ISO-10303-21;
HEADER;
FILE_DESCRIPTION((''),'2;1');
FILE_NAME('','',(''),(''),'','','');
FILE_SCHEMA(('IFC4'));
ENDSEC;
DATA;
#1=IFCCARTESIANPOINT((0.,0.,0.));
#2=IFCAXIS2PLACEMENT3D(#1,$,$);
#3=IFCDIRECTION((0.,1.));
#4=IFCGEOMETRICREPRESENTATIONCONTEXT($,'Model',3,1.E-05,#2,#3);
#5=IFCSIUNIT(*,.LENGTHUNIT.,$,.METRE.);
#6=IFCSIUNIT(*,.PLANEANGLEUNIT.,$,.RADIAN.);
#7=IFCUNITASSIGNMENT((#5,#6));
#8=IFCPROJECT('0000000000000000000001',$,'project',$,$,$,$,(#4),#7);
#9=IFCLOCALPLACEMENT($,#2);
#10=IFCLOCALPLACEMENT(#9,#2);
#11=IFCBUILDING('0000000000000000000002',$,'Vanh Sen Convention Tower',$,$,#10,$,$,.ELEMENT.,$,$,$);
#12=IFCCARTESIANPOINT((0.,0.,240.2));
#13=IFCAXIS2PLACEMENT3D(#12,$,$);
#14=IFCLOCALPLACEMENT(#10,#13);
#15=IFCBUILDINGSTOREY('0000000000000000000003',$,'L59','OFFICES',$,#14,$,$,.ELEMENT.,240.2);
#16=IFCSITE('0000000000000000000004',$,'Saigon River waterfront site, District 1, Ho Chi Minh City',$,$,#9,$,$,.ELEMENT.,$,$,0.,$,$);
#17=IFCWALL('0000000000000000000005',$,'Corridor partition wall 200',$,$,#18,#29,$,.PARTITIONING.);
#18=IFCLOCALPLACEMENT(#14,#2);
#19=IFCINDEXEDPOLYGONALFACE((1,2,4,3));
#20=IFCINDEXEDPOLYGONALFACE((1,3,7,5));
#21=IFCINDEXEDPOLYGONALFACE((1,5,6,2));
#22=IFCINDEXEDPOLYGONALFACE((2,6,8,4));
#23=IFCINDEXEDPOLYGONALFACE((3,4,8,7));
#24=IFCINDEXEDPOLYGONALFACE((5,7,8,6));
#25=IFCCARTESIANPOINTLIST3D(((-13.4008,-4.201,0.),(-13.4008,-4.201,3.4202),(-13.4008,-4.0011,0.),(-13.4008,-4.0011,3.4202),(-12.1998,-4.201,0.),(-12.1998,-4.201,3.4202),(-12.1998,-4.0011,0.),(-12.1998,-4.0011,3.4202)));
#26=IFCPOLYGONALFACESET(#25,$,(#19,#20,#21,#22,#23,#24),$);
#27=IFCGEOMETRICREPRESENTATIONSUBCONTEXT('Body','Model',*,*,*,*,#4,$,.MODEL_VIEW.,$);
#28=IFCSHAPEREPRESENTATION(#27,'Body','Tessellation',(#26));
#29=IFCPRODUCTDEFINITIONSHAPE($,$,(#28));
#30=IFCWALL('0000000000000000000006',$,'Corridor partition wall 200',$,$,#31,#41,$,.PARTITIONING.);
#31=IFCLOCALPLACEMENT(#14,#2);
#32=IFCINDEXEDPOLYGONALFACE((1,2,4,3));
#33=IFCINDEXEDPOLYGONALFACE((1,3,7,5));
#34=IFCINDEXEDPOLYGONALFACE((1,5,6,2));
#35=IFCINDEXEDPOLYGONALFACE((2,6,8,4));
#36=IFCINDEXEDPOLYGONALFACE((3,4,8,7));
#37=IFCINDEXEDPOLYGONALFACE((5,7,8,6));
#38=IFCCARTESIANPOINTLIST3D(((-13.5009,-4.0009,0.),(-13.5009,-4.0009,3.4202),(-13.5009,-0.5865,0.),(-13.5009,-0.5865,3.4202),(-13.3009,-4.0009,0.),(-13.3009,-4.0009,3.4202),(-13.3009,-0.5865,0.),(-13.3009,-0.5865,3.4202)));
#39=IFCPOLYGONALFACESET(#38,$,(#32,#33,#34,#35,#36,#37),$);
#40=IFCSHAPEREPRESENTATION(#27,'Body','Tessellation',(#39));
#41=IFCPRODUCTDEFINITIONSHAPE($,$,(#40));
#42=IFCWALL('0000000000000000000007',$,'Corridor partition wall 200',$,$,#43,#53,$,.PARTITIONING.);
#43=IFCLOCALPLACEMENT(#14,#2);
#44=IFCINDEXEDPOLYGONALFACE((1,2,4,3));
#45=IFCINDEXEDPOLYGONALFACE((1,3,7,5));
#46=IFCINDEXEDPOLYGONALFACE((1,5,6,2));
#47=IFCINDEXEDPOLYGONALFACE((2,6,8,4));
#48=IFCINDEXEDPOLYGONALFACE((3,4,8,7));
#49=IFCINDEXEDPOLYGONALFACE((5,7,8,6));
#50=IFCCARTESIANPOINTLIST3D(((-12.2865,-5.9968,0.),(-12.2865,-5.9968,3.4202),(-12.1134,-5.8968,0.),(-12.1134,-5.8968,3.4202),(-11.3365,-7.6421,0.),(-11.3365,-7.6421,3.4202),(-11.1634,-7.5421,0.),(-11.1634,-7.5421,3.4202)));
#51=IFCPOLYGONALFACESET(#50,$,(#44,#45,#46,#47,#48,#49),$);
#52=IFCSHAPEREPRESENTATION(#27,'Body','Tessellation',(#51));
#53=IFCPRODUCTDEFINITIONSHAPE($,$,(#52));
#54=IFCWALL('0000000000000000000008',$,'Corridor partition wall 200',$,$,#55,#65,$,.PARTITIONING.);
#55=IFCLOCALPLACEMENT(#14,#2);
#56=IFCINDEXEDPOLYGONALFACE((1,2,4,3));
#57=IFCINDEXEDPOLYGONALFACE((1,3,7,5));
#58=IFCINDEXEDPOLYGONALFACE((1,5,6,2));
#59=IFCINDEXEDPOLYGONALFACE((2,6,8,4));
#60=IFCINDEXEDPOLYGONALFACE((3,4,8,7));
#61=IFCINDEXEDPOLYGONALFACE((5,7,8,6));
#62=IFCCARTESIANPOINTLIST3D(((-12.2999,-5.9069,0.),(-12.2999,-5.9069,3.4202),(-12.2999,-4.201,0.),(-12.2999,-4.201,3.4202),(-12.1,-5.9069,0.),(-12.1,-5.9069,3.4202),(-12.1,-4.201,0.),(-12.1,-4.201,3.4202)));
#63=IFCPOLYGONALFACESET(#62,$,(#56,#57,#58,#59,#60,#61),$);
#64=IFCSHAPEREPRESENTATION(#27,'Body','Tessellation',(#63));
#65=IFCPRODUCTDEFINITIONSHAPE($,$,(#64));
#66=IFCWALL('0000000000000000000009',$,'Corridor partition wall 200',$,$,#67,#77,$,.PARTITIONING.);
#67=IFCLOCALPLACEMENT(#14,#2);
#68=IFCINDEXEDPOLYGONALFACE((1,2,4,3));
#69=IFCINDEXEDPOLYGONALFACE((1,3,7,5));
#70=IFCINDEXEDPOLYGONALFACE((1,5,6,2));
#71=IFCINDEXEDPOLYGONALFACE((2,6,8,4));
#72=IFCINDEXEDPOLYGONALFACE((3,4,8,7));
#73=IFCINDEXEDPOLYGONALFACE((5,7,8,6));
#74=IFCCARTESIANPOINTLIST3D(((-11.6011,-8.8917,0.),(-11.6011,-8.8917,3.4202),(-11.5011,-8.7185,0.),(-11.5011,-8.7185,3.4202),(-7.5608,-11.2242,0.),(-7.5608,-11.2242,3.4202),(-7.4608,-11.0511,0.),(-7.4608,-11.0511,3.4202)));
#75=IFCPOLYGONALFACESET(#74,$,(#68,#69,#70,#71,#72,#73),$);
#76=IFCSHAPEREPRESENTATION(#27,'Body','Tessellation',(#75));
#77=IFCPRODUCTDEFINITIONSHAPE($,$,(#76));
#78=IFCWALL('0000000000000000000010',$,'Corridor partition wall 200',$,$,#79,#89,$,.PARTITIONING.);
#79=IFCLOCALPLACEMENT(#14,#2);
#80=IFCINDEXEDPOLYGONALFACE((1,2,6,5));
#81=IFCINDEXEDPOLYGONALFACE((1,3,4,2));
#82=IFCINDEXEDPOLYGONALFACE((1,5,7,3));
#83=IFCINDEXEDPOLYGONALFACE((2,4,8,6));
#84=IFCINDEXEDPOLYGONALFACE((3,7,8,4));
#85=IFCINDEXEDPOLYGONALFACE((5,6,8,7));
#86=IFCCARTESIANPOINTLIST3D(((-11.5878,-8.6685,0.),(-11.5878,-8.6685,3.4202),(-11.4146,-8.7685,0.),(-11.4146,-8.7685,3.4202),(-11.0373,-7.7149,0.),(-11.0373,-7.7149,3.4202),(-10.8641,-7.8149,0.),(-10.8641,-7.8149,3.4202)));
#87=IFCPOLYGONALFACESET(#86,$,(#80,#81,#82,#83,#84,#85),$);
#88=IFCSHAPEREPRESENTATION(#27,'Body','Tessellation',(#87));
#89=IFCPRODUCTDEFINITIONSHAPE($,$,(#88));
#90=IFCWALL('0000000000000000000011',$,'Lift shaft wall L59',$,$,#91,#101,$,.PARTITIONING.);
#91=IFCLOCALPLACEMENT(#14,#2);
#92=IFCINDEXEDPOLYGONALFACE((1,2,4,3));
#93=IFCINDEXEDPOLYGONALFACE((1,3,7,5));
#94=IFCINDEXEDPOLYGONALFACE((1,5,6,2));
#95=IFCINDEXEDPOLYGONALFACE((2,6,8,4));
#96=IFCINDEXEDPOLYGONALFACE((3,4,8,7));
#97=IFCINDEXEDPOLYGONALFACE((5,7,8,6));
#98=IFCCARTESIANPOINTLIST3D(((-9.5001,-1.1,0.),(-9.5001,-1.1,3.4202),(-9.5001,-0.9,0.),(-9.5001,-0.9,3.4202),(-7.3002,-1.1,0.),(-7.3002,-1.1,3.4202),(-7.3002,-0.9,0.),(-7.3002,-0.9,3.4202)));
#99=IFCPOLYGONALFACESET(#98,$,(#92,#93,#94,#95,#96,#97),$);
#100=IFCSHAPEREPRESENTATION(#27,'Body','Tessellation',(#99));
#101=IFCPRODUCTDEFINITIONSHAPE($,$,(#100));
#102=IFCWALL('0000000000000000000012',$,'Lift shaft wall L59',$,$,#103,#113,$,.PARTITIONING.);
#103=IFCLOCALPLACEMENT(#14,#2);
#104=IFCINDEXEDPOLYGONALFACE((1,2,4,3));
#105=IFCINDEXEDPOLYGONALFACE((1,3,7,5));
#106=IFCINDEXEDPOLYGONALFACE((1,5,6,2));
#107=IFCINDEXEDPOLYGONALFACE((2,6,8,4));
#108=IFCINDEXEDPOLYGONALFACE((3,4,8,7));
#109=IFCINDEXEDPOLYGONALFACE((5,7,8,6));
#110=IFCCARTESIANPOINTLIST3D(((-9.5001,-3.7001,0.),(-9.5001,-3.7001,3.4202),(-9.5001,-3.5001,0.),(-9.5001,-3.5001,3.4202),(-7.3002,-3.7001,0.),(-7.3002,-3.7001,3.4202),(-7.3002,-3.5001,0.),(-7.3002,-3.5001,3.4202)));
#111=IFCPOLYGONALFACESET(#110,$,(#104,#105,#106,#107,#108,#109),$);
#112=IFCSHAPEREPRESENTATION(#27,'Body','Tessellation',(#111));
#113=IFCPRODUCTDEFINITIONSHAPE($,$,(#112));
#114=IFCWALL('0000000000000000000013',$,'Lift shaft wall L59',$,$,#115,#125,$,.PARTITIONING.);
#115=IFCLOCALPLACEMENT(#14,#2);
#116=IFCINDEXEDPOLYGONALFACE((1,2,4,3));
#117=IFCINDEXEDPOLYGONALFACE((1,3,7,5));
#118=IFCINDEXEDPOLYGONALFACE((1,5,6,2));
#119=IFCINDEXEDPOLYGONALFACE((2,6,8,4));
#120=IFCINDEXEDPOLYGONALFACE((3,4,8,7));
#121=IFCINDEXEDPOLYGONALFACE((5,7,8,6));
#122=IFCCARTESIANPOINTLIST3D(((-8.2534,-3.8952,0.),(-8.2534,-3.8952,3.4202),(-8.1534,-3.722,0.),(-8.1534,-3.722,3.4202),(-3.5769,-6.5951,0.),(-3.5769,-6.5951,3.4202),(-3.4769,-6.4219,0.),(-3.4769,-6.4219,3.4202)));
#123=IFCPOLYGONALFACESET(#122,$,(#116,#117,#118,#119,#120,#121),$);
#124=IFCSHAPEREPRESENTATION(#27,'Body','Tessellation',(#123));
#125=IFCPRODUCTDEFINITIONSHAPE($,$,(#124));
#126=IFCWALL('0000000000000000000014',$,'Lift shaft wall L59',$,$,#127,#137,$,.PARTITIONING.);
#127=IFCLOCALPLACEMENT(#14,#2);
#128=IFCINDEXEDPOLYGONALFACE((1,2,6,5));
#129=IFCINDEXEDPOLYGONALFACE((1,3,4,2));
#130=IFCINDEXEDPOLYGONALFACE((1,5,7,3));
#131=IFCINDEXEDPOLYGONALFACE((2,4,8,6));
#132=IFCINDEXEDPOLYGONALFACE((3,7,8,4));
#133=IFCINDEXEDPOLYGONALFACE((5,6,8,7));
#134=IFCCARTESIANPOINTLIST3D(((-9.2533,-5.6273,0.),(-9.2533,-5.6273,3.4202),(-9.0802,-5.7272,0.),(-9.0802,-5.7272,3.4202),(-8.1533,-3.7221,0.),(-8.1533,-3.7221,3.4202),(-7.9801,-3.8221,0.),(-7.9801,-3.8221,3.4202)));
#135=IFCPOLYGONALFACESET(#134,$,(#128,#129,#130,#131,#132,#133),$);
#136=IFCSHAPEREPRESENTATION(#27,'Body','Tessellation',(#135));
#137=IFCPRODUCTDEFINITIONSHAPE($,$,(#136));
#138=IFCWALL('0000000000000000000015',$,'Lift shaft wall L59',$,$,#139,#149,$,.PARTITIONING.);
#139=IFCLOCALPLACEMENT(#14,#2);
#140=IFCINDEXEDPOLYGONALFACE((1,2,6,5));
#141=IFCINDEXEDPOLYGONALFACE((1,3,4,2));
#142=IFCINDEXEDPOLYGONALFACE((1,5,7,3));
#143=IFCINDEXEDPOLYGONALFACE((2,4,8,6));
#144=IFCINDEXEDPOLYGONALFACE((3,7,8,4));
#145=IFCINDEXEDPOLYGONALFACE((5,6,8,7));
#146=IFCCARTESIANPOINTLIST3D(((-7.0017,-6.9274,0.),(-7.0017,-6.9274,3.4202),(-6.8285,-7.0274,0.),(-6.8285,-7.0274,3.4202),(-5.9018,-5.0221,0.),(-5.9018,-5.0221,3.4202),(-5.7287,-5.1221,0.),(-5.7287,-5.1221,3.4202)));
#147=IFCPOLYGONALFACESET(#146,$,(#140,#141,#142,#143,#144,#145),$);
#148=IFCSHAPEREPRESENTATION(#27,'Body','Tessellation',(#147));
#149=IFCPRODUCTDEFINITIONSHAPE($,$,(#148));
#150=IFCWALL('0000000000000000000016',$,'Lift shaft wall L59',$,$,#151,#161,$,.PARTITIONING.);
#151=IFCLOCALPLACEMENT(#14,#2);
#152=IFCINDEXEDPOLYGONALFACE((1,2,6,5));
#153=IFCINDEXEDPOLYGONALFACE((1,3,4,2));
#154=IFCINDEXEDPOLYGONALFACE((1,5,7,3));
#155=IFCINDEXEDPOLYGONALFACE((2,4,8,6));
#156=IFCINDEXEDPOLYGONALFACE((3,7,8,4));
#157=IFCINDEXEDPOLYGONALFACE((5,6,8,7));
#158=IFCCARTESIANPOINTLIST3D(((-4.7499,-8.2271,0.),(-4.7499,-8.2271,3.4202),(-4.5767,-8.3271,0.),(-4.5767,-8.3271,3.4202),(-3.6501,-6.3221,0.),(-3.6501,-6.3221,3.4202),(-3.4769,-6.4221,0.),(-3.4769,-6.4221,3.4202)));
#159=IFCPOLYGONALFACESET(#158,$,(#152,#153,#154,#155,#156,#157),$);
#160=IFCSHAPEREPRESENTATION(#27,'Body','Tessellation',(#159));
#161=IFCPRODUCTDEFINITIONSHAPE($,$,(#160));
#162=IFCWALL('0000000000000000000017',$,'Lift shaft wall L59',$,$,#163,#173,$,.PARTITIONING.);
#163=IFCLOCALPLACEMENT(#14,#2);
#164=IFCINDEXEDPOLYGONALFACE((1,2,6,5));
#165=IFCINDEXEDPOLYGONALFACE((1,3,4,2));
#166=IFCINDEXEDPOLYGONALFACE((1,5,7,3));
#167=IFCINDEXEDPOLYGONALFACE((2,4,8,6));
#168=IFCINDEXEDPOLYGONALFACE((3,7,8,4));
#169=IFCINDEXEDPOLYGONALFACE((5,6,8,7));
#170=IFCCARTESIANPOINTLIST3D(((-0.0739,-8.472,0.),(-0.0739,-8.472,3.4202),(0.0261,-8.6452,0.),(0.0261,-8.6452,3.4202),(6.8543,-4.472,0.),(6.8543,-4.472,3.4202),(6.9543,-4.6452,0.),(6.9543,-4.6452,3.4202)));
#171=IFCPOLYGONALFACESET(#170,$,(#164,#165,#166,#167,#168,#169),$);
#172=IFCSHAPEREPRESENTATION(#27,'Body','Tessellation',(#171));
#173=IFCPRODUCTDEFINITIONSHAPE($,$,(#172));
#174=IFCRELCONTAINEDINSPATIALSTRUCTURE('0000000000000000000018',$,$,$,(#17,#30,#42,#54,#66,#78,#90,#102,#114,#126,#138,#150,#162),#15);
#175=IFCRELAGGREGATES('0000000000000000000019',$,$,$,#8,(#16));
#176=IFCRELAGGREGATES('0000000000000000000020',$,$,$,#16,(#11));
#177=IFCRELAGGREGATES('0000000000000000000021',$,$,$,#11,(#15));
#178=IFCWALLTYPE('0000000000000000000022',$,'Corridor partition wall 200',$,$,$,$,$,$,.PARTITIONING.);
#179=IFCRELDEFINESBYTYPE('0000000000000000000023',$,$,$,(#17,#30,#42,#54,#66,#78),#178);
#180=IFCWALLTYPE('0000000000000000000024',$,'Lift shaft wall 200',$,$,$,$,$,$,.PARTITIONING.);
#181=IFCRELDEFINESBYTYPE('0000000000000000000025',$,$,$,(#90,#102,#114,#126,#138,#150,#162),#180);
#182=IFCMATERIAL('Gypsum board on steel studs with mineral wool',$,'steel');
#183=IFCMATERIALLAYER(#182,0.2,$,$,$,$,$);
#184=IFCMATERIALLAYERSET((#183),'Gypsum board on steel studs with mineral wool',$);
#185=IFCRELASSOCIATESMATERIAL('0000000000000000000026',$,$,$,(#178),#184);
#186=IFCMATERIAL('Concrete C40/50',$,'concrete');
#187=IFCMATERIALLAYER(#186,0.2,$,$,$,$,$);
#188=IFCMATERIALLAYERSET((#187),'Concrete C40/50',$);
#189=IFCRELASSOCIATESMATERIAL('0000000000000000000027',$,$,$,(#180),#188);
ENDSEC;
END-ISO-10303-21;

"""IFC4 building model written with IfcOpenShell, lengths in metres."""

from ifc_helpers import new_model, si_unit, direction, frame, frame_2d, origin, place, context, subcontext, project, spatial, rectangle, extrude, material, layer, layer_set, type_object, element, save


model = new_model("IFC4")

# Units and contexts
model_context = context("Model", 3, precision=1e-05, world=origin(), true_north=direction((0.0, 1.0)))
body_context = subcontext(model_context, "Body", "Model", "MODEL_VIEW")
ifc_project = project(units=[si_unit("LENGTHUNIT", "METRE"), si_unit("PLANEANGLEUNIT", "RADIAN")], contexts=[model_context])

# Site, building, storey
site_placement = place(None, origin())
site = spatial("IfcSite", under=ifc_project, at=site_placement, Name="Saigon River waterfront site, District 1, Ho Chi Minh City", CompositionType="ELEMENT", RefElevation=0.0)
building_placement = place(site_placement, origin())
building = spatial("IfcBuilding", under=site, at=building_placement, Name="Vanh Sen Convention Tower", CompositionType="ELEMENT")
storey_placement = place(building_placement, frame((0.0, 0.0, 240.2)))
storey = spatial("IfcBuildingStorey", under=building, at=storey_placement, Name="L59", Description="OFFICES", CompositionType="ELEMENT", Elevation=240.2)

# Walls
ifc_material_1 = material(Name="Gypsum board on steel studs with mineral wool", Category="steel")
ifc_layer_1 = layer(ifc_material_1, 0.2)
ifc_layer_set_1 = layer_set([ifc_layer_1], Name="Gypsum board on steel studs with mineral wool")
wall_type_1 = type_object("IfcWallType", Name="Corridor partition wall 200", PredefinedType="PARTITIONING", material=ifc_layer_set_1)
wall_1_placement = place(storey_placement, frame((-13.4009, -4.1011, 0.0), z_axis=(0.0, 0.0, 1.0), x_axis=(1.0, 0.0, 0.0)))
element("IfcWall", 1, at=wall_1_placement, inside=storey, type_object=wall_type_1, Name="Corridor partition wall 200", PredefinedType="PARTITIONING", context=body_context, shape_type="SweptSolid", body=[
    extrude(rectangle(XDim=1.2009, YDim=0.2, at=frame_2d((0.6006, 0.0))), origin(), (0.0, 0.0, 1.0), 3.4202),
])
wall_2_placement = place(storey_placement, frame((-13.4009, -0.5867, 0.0), z_axis=(0.0, 0.0, 1.0), x_axis=(0.0, -1.0, 0.0)))
element("IfcWall", 2, at=wall_2_placement, inside=storey, type_object=wall_type_1, Name="Corridor partition wall 200", PredefinedType="PARTITIONING", context=body_context, shape_type="SweptSolid", body=[
    extrude(rectangle(XDim=3.4143, YDim=0.2, at=frame_2d((1.707, 0.0))), origin(), (0.0, 0.0, 1.0), 3.4202),
])
wall_3_placement = place(storey_placement, frame((-12.2, -5.9468, 0.0), z_axis=(0.0, 0.0, 1.0), x_axis=(0.500023, -0.866012, 0.0)))
element("IfcWall", 3, at=wall_3_placement, inside=storey, type_object=wall_type_1, Name="Corridor partition wall 200", PredefinedType="PARTITIONING", context=body_context, shape_type="SweptSolid", body=[
    extrude(rectangle(XDim=1.8999, YDim=0.2, at=frame_2d((0.95, 0.0))), origin(), (0.0, 0.0, 1.0), 3.4202),
])
wall_4_placement = place(storey_placement, frame((-12.2, -4.2009, 0.0), z_axis=(0.0, 0.0, 1.0), x_axis=(0.0, -1.0, 0.0)))
element("IfcWall", 4, at=wall_4_placement, inside=storey, type_object=wall_type_1, Name="Corridor partition wall 200", PredefinedType="PARTITIONING", context=body_context, shape_type="SweptSolid", body=[
    extrude(rectangle(XDim=1.7058, YDim=0.2, at=frame_2d((0.853, 0.0))), origin(), (0.0, 0.0, 1.0), 3.4202),
])
wall_5_placement = place(storey_placement, frame((-11.551, -8.8052, 0.0), z_axis=(0.0, 0.0, 1.0), x_axis=(0.866038, -0.499978, 0.0)))
element("IfcWall", 5, at=wall_5_placement, inside=storey, type_object=wall_type_1, Name="Corridor partition wall 200", PredefinedType="PARTITIONING", context=body_context, shape_type="SweptSolid", body=[
    extrude(rectangle(XDim=4.6653, YDim=0.2, at=frame_2d((2.3325, 0.0))), origin(), (0.0, 0.0, 1.0), 3.4202),
])
wall_6_placement = place(storey_placement, frame((-10.9507, -7.7649, 0.0), z_axis=(0.0, 0.0, 1.0), x_axis=(-0.499978, -0.866038, 0.0)))
element("IfcWall", 6, at=wall_6_placement, inside=storey, type_object=wall_type_1, Name="Corridor partition wall 200", PredefinedType="PARTITIONING", context=body_context, shape_type="SweptSolid", body=[
    extrude(rectangle(XDim=1.1011, YDim=0.2, at=frame_2d((0.5505, 0.0))), origin(), (0.0, 0.0, 1.0), 3.4202),
])
ifc_material_2 = material(Name="Concrete C40/50", Category="concrete")
ifc_layer_2 = layer(ifc_material_2, 0.2)
ifc_layer_set_2 = layer_set([ifc_layer_2], Name="Concrete C40/50")
wall_type_2 = type_object("IfcWallType", Name="Lift shaft wall 200", PredefinedType="PARTITIONING", material=ifc_layer_set_2)
for number, where, z_axis, x_axis, name in (
    (7, (-7.3, -1.0, 0.0), (0.0, 0.0, 1.0), (-1.0, 0.0, 0.0), "Lift shaft wall L59"),
    (8, (-7.3, -3.6001, 0.0), (0.0, 0.0, 1.0), (-1.0, 0.0, 0.0), "Lift shaft wall L59"),
):
    element("IfcWall", number, at=place(storey_placement, frame(where, z_axis=z_axis, x_axis=x_axis)), inside=storey, type_object=wall_type_2, Name=name, PredefinedType="PARTITIONING", context=body_context, shape_type="SweptSolid", body=[
        extrude(rectangle(XDim=2.2, YDim=0.2, at=frame_2d((1.1001, 0.0))), origin(), (0.0, 0.0, 1.0), 3.4202),
    ])
wall_7_placement = place(storey_placement, frame((-8.2034, -3.8086, 0.0), z_axis=(0.0, 0.0, 1.0), x_axis=(0.866028, -0.499995, 0.0)))
element("IfcWall", 9, at=wall_7_placement, inside=storey, type_object=wall_type_2, Name="Lift shaft wall L59", PredefinedType="PARTITIONING", context=body_context, shape_type="SweptSolid", body=[
    extrude(rectangle(XDim=5.3999, YDim=0.2, at=frame_2d((2.7, 0.0))), origin(), (0.0, 0.0, 1.0), 3.4202),
])
for number, where, z_axis, x_axis, name in (
    (10, (-8.0667, -3.772, 0.0), (0.0, 0.0, 1.0), (-0.50003, -0.866008, 0.0), "Lift shaft wall L59"),
    (11, (-5.8152, -5.072, 0.0), (0.0, 0.0, 1.0), (-0.499947, -0.866056, 0.0), "Lift shaft wall L59"),
):
    element("IfcWall", number, at=place(storey_placement, frame(where, z_axis=z_axis, x_axis=x_axis)), inside=storey, type_object=wall_type_2, Name=name, PredefinedType="PARTITIONING", context=body_context, shape_type="SweptSolid", body=[
        extrude(rectangle(XDim=2.2, YDim=0.2, at=frame_2d((1.1001, 0.0))), origin(), (0.0, 0.0, 1.0), 3.4202),
    ])
wall_8_placement = place(storey_placement, frame((-3.5635, -6.3721, 0.0), z_axis=(0.0, 0.0, 1.0), x_axis=(-0.499995, -0.866028, 0.0)))
element("IfcWall", 12, at=wall_8_placement, inside=storey, type_object=wall_type_2, Name="Lift shaft wall L59", PredefinedType="PARTITIONING", context=body_context, shape_type="SweptSolid", body=[
    extrude(rectangle(XDim=2.1997, YDim=0.2, at=frame_2d((1.0999, 0.0))), origin(), (0.0, 0.0, 1.0), 3.4202),
])
wall_9_placement = place(storey_placement, frame((-0.0239, -8.5586, 0.0), z_axis=(0.0, 0.0, 1.0), x_axis=(0.866026, 0.499999, 0.0)))
element("IfcWall", 13, at=wall_9_placement, inside=storey, type_object=wall_type_2, Name="Lift shaft wall L59", PredefinedType="PARTITIONING", context=body_context, shape_type="SweptSolid", body=[
    extrude(rectangle(XDim=8.0, YDim=0.2, at=frame_2d((4.0, 0.0))), origin(), (0.0, 0.0, 1.0), 3.4202),
])

save(model, "model.ifc")
